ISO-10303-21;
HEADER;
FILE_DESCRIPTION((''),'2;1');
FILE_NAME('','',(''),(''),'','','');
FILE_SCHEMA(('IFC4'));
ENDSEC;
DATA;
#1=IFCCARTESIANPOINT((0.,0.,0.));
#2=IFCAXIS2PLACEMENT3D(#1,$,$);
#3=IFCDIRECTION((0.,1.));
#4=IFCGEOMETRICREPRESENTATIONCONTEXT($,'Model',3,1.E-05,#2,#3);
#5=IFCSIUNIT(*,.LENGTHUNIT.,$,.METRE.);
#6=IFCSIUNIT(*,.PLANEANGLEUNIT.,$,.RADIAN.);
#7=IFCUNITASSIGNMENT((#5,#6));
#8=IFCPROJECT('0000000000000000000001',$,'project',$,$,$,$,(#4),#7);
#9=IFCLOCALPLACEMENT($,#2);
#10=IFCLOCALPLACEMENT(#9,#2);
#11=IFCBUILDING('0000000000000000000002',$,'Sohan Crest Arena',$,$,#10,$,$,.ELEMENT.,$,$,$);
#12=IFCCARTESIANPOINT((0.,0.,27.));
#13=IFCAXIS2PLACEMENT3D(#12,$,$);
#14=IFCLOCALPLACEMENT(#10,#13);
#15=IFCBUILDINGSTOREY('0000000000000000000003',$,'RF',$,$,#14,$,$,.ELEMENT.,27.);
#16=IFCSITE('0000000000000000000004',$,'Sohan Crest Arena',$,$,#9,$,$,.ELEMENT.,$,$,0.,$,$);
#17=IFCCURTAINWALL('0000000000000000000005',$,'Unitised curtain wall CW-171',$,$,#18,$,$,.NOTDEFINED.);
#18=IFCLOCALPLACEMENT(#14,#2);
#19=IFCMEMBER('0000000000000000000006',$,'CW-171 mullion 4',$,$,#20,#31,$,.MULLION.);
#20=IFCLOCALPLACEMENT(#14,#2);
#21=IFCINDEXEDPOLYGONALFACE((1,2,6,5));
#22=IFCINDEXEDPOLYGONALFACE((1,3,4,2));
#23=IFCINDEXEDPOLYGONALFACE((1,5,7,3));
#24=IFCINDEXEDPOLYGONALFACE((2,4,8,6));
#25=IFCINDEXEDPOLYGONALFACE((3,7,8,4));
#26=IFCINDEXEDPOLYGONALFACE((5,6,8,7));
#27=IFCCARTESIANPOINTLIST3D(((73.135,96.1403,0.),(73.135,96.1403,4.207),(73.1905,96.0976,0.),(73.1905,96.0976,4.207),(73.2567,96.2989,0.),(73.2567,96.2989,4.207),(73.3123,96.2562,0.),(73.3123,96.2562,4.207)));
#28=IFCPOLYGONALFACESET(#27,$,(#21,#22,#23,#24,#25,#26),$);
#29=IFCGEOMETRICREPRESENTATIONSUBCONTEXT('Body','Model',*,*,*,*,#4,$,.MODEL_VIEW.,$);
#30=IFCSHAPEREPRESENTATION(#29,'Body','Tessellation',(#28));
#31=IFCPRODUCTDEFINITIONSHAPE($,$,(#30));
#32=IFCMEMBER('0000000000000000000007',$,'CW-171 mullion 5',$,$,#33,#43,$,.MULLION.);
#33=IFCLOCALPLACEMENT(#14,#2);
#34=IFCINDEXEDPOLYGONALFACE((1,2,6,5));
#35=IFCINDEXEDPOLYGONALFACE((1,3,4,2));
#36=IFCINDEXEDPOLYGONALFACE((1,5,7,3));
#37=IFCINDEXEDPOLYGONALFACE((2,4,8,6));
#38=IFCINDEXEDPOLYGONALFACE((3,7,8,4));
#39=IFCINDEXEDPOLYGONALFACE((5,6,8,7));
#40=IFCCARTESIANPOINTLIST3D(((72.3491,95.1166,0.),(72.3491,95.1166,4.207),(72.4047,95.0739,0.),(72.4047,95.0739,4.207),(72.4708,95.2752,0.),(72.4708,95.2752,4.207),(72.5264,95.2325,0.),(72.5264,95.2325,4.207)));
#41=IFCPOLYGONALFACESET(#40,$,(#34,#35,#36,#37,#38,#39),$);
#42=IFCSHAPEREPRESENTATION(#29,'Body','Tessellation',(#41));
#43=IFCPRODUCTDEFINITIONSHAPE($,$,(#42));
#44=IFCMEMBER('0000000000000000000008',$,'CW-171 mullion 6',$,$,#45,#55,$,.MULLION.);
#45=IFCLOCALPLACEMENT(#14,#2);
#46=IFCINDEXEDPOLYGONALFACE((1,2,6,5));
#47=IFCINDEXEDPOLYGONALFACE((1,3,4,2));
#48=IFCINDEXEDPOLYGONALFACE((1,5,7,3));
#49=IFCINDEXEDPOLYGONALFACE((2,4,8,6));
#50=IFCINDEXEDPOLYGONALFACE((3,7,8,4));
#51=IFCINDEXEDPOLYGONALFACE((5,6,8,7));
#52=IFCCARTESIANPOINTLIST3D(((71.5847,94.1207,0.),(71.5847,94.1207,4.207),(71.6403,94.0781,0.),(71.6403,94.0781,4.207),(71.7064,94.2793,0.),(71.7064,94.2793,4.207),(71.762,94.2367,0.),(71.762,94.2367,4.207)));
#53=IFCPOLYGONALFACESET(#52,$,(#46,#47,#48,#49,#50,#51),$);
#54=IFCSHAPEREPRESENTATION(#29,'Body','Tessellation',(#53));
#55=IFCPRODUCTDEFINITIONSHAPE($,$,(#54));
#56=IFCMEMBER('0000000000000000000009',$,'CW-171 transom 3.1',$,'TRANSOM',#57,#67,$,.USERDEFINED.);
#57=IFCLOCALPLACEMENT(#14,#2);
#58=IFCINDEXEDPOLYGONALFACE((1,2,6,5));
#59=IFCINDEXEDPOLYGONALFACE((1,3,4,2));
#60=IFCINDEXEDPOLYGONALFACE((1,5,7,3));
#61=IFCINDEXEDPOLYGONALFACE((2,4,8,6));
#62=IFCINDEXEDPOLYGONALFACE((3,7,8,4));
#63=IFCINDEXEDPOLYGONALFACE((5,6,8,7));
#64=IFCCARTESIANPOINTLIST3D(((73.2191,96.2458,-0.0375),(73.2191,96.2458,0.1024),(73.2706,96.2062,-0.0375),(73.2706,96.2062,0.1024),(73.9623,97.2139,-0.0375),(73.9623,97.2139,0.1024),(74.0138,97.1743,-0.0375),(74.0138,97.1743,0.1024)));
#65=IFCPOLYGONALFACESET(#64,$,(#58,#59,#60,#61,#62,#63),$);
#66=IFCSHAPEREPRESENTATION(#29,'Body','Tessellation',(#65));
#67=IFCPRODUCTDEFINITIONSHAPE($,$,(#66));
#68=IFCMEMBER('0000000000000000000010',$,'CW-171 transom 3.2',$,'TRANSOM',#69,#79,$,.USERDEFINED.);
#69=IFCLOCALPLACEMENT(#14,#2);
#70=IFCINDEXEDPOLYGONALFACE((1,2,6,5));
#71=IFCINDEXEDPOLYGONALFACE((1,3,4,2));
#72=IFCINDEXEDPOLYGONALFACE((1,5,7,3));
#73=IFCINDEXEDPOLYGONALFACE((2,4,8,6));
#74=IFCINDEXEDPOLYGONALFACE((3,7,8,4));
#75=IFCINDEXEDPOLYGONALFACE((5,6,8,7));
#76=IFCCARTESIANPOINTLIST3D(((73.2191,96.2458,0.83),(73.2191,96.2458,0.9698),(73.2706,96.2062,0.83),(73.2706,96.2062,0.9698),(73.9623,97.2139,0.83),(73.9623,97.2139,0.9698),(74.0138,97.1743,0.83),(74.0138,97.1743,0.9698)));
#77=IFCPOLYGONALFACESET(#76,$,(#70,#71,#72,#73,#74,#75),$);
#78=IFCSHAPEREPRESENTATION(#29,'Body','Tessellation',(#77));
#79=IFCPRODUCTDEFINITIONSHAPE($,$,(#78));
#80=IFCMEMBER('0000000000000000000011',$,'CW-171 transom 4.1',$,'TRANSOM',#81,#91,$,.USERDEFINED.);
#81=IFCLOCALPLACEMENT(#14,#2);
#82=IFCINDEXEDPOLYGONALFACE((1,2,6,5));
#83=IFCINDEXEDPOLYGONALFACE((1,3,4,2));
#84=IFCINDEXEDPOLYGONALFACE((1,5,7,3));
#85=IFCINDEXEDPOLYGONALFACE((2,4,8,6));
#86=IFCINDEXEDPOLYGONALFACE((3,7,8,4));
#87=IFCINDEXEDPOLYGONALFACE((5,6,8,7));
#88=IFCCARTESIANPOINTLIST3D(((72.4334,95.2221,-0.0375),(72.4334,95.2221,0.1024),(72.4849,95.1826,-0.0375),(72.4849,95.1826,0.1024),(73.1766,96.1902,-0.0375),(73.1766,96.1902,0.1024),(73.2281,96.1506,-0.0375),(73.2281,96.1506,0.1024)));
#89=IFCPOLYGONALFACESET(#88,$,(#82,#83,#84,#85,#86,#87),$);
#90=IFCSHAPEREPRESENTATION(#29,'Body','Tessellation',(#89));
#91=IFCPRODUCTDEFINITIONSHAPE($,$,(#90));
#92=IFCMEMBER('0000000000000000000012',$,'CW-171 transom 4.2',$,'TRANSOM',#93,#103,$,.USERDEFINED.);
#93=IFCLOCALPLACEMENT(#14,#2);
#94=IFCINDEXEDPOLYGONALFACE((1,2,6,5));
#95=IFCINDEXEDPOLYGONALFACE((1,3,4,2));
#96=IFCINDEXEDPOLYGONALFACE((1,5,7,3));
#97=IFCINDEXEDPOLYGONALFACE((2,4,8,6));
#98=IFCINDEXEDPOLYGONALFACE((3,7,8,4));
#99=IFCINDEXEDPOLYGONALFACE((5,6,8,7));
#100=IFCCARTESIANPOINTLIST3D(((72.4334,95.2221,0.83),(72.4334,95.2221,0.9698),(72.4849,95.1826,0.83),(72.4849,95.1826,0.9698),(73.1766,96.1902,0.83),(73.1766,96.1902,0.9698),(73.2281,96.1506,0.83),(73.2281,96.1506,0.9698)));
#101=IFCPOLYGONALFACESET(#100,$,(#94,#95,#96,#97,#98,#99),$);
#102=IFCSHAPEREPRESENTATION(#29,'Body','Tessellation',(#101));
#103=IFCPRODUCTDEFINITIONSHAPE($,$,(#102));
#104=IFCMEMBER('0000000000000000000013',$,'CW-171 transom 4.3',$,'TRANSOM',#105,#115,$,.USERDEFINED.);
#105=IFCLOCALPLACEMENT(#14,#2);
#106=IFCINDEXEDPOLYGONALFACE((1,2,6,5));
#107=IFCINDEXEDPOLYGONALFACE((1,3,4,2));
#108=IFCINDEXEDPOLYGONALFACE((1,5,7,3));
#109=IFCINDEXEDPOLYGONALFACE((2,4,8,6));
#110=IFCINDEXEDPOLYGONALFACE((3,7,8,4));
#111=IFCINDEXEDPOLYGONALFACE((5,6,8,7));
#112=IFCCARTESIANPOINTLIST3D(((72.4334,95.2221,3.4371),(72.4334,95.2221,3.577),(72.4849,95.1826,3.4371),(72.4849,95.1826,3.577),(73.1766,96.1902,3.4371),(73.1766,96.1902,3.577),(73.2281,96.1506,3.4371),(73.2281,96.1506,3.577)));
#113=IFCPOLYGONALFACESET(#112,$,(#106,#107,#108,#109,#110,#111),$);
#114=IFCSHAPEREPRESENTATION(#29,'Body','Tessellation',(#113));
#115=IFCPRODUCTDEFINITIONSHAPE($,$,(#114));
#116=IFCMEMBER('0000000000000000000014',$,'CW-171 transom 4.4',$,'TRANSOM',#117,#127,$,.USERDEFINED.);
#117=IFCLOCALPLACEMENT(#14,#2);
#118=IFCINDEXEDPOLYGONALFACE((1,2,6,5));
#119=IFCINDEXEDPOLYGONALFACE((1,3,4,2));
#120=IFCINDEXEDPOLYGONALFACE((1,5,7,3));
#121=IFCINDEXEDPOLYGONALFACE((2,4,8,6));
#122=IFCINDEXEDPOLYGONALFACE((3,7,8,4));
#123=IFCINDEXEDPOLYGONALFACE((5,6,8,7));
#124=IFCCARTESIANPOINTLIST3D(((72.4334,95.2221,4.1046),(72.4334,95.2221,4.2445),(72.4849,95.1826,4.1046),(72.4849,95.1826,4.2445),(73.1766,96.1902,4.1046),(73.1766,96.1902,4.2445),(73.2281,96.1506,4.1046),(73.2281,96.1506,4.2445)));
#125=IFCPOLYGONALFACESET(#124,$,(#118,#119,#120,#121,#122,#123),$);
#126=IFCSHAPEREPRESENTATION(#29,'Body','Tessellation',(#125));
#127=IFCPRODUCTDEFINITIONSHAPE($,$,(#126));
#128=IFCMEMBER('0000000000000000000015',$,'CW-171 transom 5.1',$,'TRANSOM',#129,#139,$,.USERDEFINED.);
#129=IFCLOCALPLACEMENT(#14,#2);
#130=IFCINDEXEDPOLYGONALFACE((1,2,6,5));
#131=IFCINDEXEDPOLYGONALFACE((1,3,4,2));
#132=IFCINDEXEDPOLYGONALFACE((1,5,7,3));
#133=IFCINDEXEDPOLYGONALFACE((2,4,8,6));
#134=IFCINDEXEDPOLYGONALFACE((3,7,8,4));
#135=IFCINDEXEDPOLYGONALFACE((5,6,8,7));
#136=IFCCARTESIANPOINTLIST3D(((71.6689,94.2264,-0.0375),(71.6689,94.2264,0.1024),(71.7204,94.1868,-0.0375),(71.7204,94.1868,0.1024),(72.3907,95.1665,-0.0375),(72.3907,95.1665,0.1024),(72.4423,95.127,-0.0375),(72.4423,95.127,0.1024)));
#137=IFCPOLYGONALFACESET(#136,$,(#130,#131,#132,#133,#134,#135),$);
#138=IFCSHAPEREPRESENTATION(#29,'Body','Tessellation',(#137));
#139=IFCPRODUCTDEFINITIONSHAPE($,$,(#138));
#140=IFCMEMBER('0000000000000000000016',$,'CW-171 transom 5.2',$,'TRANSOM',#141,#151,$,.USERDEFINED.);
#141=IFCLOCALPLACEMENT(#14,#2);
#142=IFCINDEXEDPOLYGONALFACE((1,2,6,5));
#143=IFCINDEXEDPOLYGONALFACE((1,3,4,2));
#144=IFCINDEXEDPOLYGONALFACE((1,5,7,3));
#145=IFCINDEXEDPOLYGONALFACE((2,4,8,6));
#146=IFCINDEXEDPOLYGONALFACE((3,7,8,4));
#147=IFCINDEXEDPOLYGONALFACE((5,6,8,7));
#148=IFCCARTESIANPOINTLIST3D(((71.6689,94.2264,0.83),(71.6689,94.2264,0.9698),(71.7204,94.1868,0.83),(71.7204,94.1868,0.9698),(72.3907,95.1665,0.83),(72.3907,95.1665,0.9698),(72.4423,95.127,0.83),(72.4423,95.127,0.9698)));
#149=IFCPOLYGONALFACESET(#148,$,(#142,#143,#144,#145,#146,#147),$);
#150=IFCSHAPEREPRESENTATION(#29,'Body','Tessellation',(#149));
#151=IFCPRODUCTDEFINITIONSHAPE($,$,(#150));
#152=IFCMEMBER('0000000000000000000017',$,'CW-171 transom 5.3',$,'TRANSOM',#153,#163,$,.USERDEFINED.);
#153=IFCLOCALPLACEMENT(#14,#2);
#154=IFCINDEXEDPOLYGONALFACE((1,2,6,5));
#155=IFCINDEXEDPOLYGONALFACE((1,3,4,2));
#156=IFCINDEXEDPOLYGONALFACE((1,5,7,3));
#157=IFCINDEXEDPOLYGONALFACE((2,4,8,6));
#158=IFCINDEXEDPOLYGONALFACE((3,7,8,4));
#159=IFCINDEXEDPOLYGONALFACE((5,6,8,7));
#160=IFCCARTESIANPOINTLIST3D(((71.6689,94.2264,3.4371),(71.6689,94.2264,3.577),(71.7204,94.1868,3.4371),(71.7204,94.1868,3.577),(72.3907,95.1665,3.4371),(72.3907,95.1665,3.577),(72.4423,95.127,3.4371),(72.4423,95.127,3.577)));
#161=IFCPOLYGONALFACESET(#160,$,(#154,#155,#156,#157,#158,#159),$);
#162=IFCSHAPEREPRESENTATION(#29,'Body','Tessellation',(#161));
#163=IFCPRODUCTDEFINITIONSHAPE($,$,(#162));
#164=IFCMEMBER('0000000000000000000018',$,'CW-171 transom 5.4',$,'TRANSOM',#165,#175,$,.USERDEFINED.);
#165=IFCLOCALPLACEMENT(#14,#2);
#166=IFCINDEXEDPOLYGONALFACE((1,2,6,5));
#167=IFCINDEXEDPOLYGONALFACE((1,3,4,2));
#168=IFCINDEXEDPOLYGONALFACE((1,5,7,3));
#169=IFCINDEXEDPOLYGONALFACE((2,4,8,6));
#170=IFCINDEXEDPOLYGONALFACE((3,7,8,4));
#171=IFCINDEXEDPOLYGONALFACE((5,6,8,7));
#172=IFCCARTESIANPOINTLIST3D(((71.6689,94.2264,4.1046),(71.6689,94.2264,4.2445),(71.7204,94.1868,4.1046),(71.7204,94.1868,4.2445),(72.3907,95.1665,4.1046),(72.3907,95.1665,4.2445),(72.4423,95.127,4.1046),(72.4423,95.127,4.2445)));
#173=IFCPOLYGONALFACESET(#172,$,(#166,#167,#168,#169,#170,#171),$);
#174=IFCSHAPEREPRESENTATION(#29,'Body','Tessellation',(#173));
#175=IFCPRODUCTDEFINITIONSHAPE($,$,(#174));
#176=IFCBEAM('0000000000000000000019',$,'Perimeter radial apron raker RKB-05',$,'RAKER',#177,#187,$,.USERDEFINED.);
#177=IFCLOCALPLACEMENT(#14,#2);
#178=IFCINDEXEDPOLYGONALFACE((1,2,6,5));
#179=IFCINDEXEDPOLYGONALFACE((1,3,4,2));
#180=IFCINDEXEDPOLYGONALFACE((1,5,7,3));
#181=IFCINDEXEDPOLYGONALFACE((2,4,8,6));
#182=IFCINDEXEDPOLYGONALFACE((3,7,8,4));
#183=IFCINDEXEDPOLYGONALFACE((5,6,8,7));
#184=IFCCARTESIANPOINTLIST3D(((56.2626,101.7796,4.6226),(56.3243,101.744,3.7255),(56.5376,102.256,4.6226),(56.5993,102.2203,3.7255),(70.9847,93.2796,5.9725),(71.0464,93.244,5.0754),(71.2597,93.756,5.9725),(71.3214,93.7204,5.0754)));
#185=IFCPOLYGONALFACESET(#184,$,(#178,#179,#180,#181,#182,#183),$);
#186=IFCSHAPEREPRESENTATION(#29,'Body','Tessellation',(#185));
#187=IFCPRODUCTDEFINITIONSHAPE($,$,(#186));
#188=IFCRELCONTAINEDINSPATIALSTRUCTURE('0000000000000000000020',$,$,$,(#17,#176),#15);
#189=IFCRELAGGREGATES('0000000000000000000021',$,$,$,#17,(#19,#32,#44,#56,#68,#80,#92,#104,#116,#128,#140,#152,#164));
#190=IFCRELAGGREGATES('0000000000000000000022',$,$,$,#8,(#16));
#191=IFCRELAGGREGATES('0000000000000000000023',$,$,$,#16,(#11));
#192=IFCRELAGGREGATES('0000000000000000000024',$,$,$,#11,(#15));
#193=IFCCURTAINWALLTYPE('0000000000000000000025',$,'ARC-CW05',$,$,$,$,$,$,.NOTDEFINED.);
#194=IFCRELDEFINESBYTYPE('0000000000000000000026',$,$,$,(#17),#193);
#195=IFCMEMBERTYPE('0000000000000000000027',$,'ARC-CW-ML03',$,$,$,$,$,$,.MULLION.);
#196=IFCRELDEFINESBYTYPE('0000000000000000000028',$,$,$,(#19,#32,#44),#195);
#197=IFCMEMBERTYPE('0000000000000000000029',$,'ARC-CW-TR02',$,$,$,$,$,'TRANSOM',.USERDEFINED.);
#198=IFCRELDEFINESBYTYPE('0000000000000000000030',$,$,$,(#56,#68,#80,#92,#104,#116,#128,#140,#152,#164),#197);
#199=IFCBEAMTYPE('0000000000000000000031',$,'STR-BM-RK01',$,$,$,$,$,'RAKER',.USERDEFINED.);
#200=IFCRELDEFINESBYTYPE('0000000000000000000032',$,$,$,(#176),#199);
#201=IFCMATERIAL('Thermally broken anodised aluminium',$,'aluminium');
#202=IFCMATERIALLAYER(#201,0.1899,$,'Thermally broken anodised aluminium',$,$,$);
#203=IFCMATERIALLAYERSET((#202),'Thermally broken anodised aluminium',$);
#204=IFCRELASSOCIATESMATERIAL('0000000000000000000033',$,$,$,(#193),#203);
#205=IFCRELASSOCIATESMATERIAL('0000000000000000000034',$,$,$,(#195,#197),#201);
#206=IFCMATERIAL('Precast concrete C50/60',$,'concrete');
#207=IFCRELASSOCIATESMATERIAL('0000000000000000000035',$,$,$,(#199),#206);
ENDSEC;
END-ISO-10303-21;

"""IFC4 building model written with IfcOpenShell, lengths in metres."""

from ifc_helpers import new_model, si_unit, direction, frame, origin, origin_2d, place, context, subcontext, project, spatial, rectangle, extrude, material, layer, layer_set, material_profile, profile_set, type_object, element, aggregate, save


model = new_model("IFC4")

# Units and contexts
model_context = context("Model", 3, precision=1e-05, world=origin(), true_north=direction((0.0, 1.0)))
body_context = subcontext(model_context, "Body", "Model", "MODEL_VIEW")
ifc_project = project(units=[si_unit("LENGTHUNIT", "METRE"), si_unit("PLANEANGLEUNIT", "RADIAN")], contexts=[model_context])

# Site, building, storey
site_placement = place(None, origin())
site = spatial("IfcSite", under=ifc_project, at=site_placement, Name="Sohan Crest Arena", CompositionType="ELEMENT", RefElevation=0.0)
building_placement = place(site_placement, origin())
building = spatial("IfcBuilding", under=site, at=building_placement, Name="Sohan Crest Arena", CompositionType="ELEMENT")
storey_placement = place(building_placement, frame((0.0, 0.0, 27.0)))
storey = spatial("IfcBuildingStorey", under=building, at=storey_placement, Name="RF", CompositionType="ELEMENT", Elevation=27.0)

# Curtain wall, members
ifc_material_1 = material(Name="Thermally broken anodised aluminium", Category="aluminium")
ifc_layer_1 = layer(ifc_material_1, 0.1899, Name="Thermally broken anodised aluminium")
ifc_layer_set_1 = layer_set([ifc_layer_1], Name="Thermally broken anodised aluminium")
curtain_wall_type = type_object("IfcCurtainWallType", Name="ARC-CW05", PredefinedType="NOTDEFINED", material=ifc_layer_set_1)
curtain_wall_placement = place(storey_placement, origin())
curtain_wall = element("IfcCurtainWall", 1, at=curtain_wall_placement, inside=storey, type_object=curtain_wall_type, Name="Unitised curtain wall CW-171", PredefinedType="NOTDEFINED")
ifc_material_profile_1 = material_profile(ifc_material_1, rectangle(XDim=0.0701, YDim=0.2, at=origin_2d()), Name="ALU-MULL 70x200")
ifc_profile_set_1 = profile_set([ifc_material_profile_1], Name="Thermally broken anodised aluminium")
member_type_1 = type_object("IfcMemberType", Name="ARC-CW-ML03", PredefinedType="MULLION", material=ifc_profile_set_1)
member_1_placement = place(storey_placement, frame((73.2236, 96.1982, 0.0), z_axis=(0.0, 0.0, 1.0), x_axis=(0.793217, -0.608939, 0.0)))
member_1 = element("IfcMember", 2, at=member_1_placement, type_object=member_type_1, Name="CW-171 mullion 4", PredefinedType="MULLION", context=body_context, shape_type="SweptSolid", body=[
    extrude(rectangle(XDim=0.0701, YDim=0.2, at=origin_2d()), origin(), (0.0, 0.0, 1.0), 4.207),
])
member_2_placement = place(storey_placement, frame((72.4377, 95.1746, 0.0), z_axis=(0.0, 0.0, 1.0), x_axis=(0.793217, -0.608939, 0.0)))
member_2 = element("IfcMember", 3, at=member_2_placement, type_object=member_type_1, Name="CW-171 mullion 5", PredefinedType="MULLION", context=body_context, shape_type="SweptSolid", body=[
    extrude(rectangle(XDim=0.0701, YDim=0.2, at=origin_2d()), origin(), (0.0, 0.0, 1.0), 4.207),
])
member_3_placement = place(storey_placement, frame((71.6733, 94.1787, 0.0), z_axis=(0.0, 0.0, 1.0), x_axis=(0.793217, -0.608939, 0.0)))
member_3 = element("IfcMember", 4, at=member_3_placement, type_object=member_type_1, Name="CW-171 mullion 6", PredefinedType="MULLION", context=body_context, shape_type="SweptSolid", body=[
    extrude(rectangle(XDim=0.0701, YDim=0.2, at=origin_2d()), origin(), (0.0, 0.0, 1.0), 4.207),
])
ifc_material_profile_2 = material_profile(ifc_material_1, rectangle(XDim=0.0649, YDim=0.1399, at=origin_2d()), Name="ALU-TRAN 65x140")
ifc_profile_set_2 = profile_set([ifc_material_profile_2], Name="Thermally broken anodised aluminium")
member_type_2 = type_object("IfcMemberType", Name="ARC-CW-TR02", ElementType="TRANSOM", PredefinedType="USERDEFINED", material=ifc_profile_set_2)
member_4_placement = place(storey_placement, frame((73.988, 97.1941, 0.0325), z_axis=(-0.608956, -0.793204, 0.0), x_axis=(0.793204, -0.608956, 0.0)))
member_4 = element("IfcMember", 5, at=member_4_placement, type_object=member_type_2, Name="CW-171 transom 3.1", ObjectType="TRANSOM", PredefinedType="USERDEFINED", context=body_context, shape_type="SweptSolid", body=[
    extrude(rectangle(XDim=0.0649, YDim=0.1399, at=origin_2d()), origin(), (0.0, 0.0, 1.0), 1.2205),
])
member_5_placement = place(storey_placement, frame((73.988, 97.1941, 0.8999), z_axis=(-0.608956, -0.793204, 0.0), x_axis=(0.793204, -0.608956, 0.0)))
member_5 = element("IfcMember", 6, at=member_5_placement, type_object=member_type_2, Name="CW-171 transom 3.2", ObjectType="TRANSOM", PredefinedType="USERDEFINED", context=body_context, shape_type="SweptSolid", body=[
    extrude(rectangle(XDim=0.0649, YDim=0.1399, at=origin_2d()), origin(), (0.0, 0.0, 1.0), 1.2205),
])
member_6_placement = place(storey_placement, frame((73.2024, 96.1704, 0.0325), z_axis=(-0.608956, -0.793204, 0.0), x_axis=(0.793204, -0.608956, 0.0)))
member_6 = element("IfcMember", 7, at=member_6_placement, type_object=member_type_2, Name="CW-171 transom 4.1", ObjectType="TRANSOM", PredefinedType="USERDEFINED", context=body_context, shape_type="SweptSolid", body=[
    extrude(rectangle(XDim=0.0649, YDim=0.1399, at=origin_2d()), origin(), (0.0, 0.0, 1.0), 1.2205),
])
member_7_placement = place(storey_placement, frame((73.2024, 96.1704, 0.8999), z_axis=(-0.608956, -0.793204, 0.0), x_axis=(0.793204, -0.608956, 0.0)))
member_7 = element("IfcMember", 8, at=member_7_placement, type_object=member_type_2, Name="CW-171 transom 4.2", ObjectType="TRANSOM", PredefinedType="USERDEFINED", context=body_context, shape_type="SweptSolid", body=[
    extrude(rectangle(XDim=0.0649, YDim=0.1399, at=origin_2d()), origin(), (0.0, 0.0, 1.0), 1.2205),
])
member_8_placement = place(storey_placement, frame((73.2024, 96.1704, 3.5071), z_axis=(-0.608956, -0.793204, 0.0), x_axis=(0.793204, -0.608956, 0.0)))
member_8 = element("IfcMember", 9, at=member_8_placement, type_object=member_type_2, Name="CW-171 transom 4.3", ObjectType="TRANSOM", PredefinedType="USERDEFINED", context=body_context, shape_type="SweptSolid", body=[
    extrude(rectangle(XDim=0.0649, YDim=0.1399, at=origin_2d()), origin(), (0.0, 0.0, 1.0), 1.2205),
])
member_9_placement = place(storey_placement, frame((73.2024, 96.1704, 4.1746), z_axis=(-0.608956, -0.793204, 0.0), x_axis=(0.793204, -0.608956, 0.0)))
member_9 = element("IfcMember", 10, at=member_9_placement, type_object=member_type_2, Name="CW-171 transom 4.4", ObjectType="TRANSOM", PredefinedType="USERDEFINED", context=body_context, shape_type="SweptSolid", body=[
    extrude(rectangle(XDim=0.0649, YDim=0.1399, at=origin_2d()), origin(), (0.0, 0.0, 1.0), 1.2205),
])
member_10_placement = place(storey_placement, frame((72.4165, 95.1467, 0.0325), z_axis=(-0.609024, -0.793152, 0.0), x_axis=(0.793152, -0.609024, 0.0)))
member_10 = element("IfcMember", 11, at=member_10_placement, type_object=member_type_2, Name="CW-171 transom 5.1", ObjectType="TRANSOM", PredefinedType="USERDEFINED", context=body_context, shape_type="SweptSolid", body=[
    extrude(rectangle(XDim=0.0649, YDim=0.1399, at=origin_2d()), origin(), (0.0, 0.0, 1.0), 1.1853),
])
member_11_placement = place(storey_placement, frame((72.4165, 95.1467, 0.8999), z_axis=(-0.609024, -0.793152, 0.0), x_axis=(0.793152, -0.609024, 0.0)))
member_11 = element("IfcMember", 12, at=member_11_placement, type_object=member_type_2, Name="CW-171 transom 5.2", ObjectType="TRANSOM", PredefinedType="USERDEFINED", context=body_context, shape_type="SweptSolid", body=[
    extrude(rectangle(XDim=0.0649, YDim=0.1399, at=origin_2d()), origin(), (0.0, 0.0, 1.0), 1.1853),
])
member_12_placement = place(storey_placement, frame((72.4165, 95.1467, 3.5071), z_axis=(-0.609024, -0.793152, 0.0), x_axis=(0.793152, -0.609024, 0.0)))
member_12 = element("IfcMember", 13, at=member_12_placement, type_object=member_type_2, Name="CW-171 transom 5.3", ObjectType="TRANSOM", PredefinedType="USERDEFINED", context=body_context, shape_type="SweptSolid", body=[
    extrude(rectangle(XDim=0.0649, YDim=0.1399, at=origin_2d()), origin(), (0.0, 0.0, 1.0), 1.1853),
])
member_13_placement = place(storey_placement, frame((72.4165, 95.1467, 4.1746), z_axis=(-0.609024, -0.793152, 0.0), x_axis=(0.793152, -0.609024, 0.0)))
member_13 = element("IfcMember", 14, at=member_13_placement, type_object=member_type_2, Name="CW-171 transom 5.4", ObjectType="TRANSOM", PredefinedType="USERDEFINED", context=body_context, shape_type="SweptSolid", body=[
    extrude(rectangle(XDim=0.0649, YDim=0.1399, at=origin_2d()), origin(), (0.0, 0.0, 1.0), 1.1853),
])

# Beam
ifc_material_2 = material(Name="Precast concrete C50/60", Category="concrete")
ifc_material_profile_3 = material_profile(ifc_material_2, rectangle(XDim=0.55, YDim=0.8999, at=origin_2d()), Name="RAKER 550x900")
ifc_profile_set_3 = profile_set([ifc_material_profile_3], Name="Precast concrete C50/60")
beam_type = type_object("IfcBeamType", Name="STR-BM-RK01", ElementType="RAKER", PredefinedType="USERDEFINED", material=ifc_profile_set_3)
beam_placement = place(storey_placement, frame((71.1531, 93.5, 5.5239), z_axis=(-0.863304, 0.498438, -0.079155), x_axis=(-0.500007, -0.866022, 0.0)))
element("IfcBeam", 15, at=beam_placement, inside=storey, type_object=beam_type, Name="Perimeter radial apron raker RKB-05", ObjectType="RAKER", PredefinedType="USERDEFINED", context=body_context, shape_type="SweptSolid", body=[
    extrude(rectangle(XDim=0.55, YDim=0.8999, at=origin_2d()), origin(), (0.0, 0.0, 1.0), 17.0532),
])

aggregate(curtain_wall, [member_1, member_2, member_3, member_4, member_5, member_6, member_7, member_8, member_9, member_10, member_11, member_12, member_13])

save(model, "model.ifc")
